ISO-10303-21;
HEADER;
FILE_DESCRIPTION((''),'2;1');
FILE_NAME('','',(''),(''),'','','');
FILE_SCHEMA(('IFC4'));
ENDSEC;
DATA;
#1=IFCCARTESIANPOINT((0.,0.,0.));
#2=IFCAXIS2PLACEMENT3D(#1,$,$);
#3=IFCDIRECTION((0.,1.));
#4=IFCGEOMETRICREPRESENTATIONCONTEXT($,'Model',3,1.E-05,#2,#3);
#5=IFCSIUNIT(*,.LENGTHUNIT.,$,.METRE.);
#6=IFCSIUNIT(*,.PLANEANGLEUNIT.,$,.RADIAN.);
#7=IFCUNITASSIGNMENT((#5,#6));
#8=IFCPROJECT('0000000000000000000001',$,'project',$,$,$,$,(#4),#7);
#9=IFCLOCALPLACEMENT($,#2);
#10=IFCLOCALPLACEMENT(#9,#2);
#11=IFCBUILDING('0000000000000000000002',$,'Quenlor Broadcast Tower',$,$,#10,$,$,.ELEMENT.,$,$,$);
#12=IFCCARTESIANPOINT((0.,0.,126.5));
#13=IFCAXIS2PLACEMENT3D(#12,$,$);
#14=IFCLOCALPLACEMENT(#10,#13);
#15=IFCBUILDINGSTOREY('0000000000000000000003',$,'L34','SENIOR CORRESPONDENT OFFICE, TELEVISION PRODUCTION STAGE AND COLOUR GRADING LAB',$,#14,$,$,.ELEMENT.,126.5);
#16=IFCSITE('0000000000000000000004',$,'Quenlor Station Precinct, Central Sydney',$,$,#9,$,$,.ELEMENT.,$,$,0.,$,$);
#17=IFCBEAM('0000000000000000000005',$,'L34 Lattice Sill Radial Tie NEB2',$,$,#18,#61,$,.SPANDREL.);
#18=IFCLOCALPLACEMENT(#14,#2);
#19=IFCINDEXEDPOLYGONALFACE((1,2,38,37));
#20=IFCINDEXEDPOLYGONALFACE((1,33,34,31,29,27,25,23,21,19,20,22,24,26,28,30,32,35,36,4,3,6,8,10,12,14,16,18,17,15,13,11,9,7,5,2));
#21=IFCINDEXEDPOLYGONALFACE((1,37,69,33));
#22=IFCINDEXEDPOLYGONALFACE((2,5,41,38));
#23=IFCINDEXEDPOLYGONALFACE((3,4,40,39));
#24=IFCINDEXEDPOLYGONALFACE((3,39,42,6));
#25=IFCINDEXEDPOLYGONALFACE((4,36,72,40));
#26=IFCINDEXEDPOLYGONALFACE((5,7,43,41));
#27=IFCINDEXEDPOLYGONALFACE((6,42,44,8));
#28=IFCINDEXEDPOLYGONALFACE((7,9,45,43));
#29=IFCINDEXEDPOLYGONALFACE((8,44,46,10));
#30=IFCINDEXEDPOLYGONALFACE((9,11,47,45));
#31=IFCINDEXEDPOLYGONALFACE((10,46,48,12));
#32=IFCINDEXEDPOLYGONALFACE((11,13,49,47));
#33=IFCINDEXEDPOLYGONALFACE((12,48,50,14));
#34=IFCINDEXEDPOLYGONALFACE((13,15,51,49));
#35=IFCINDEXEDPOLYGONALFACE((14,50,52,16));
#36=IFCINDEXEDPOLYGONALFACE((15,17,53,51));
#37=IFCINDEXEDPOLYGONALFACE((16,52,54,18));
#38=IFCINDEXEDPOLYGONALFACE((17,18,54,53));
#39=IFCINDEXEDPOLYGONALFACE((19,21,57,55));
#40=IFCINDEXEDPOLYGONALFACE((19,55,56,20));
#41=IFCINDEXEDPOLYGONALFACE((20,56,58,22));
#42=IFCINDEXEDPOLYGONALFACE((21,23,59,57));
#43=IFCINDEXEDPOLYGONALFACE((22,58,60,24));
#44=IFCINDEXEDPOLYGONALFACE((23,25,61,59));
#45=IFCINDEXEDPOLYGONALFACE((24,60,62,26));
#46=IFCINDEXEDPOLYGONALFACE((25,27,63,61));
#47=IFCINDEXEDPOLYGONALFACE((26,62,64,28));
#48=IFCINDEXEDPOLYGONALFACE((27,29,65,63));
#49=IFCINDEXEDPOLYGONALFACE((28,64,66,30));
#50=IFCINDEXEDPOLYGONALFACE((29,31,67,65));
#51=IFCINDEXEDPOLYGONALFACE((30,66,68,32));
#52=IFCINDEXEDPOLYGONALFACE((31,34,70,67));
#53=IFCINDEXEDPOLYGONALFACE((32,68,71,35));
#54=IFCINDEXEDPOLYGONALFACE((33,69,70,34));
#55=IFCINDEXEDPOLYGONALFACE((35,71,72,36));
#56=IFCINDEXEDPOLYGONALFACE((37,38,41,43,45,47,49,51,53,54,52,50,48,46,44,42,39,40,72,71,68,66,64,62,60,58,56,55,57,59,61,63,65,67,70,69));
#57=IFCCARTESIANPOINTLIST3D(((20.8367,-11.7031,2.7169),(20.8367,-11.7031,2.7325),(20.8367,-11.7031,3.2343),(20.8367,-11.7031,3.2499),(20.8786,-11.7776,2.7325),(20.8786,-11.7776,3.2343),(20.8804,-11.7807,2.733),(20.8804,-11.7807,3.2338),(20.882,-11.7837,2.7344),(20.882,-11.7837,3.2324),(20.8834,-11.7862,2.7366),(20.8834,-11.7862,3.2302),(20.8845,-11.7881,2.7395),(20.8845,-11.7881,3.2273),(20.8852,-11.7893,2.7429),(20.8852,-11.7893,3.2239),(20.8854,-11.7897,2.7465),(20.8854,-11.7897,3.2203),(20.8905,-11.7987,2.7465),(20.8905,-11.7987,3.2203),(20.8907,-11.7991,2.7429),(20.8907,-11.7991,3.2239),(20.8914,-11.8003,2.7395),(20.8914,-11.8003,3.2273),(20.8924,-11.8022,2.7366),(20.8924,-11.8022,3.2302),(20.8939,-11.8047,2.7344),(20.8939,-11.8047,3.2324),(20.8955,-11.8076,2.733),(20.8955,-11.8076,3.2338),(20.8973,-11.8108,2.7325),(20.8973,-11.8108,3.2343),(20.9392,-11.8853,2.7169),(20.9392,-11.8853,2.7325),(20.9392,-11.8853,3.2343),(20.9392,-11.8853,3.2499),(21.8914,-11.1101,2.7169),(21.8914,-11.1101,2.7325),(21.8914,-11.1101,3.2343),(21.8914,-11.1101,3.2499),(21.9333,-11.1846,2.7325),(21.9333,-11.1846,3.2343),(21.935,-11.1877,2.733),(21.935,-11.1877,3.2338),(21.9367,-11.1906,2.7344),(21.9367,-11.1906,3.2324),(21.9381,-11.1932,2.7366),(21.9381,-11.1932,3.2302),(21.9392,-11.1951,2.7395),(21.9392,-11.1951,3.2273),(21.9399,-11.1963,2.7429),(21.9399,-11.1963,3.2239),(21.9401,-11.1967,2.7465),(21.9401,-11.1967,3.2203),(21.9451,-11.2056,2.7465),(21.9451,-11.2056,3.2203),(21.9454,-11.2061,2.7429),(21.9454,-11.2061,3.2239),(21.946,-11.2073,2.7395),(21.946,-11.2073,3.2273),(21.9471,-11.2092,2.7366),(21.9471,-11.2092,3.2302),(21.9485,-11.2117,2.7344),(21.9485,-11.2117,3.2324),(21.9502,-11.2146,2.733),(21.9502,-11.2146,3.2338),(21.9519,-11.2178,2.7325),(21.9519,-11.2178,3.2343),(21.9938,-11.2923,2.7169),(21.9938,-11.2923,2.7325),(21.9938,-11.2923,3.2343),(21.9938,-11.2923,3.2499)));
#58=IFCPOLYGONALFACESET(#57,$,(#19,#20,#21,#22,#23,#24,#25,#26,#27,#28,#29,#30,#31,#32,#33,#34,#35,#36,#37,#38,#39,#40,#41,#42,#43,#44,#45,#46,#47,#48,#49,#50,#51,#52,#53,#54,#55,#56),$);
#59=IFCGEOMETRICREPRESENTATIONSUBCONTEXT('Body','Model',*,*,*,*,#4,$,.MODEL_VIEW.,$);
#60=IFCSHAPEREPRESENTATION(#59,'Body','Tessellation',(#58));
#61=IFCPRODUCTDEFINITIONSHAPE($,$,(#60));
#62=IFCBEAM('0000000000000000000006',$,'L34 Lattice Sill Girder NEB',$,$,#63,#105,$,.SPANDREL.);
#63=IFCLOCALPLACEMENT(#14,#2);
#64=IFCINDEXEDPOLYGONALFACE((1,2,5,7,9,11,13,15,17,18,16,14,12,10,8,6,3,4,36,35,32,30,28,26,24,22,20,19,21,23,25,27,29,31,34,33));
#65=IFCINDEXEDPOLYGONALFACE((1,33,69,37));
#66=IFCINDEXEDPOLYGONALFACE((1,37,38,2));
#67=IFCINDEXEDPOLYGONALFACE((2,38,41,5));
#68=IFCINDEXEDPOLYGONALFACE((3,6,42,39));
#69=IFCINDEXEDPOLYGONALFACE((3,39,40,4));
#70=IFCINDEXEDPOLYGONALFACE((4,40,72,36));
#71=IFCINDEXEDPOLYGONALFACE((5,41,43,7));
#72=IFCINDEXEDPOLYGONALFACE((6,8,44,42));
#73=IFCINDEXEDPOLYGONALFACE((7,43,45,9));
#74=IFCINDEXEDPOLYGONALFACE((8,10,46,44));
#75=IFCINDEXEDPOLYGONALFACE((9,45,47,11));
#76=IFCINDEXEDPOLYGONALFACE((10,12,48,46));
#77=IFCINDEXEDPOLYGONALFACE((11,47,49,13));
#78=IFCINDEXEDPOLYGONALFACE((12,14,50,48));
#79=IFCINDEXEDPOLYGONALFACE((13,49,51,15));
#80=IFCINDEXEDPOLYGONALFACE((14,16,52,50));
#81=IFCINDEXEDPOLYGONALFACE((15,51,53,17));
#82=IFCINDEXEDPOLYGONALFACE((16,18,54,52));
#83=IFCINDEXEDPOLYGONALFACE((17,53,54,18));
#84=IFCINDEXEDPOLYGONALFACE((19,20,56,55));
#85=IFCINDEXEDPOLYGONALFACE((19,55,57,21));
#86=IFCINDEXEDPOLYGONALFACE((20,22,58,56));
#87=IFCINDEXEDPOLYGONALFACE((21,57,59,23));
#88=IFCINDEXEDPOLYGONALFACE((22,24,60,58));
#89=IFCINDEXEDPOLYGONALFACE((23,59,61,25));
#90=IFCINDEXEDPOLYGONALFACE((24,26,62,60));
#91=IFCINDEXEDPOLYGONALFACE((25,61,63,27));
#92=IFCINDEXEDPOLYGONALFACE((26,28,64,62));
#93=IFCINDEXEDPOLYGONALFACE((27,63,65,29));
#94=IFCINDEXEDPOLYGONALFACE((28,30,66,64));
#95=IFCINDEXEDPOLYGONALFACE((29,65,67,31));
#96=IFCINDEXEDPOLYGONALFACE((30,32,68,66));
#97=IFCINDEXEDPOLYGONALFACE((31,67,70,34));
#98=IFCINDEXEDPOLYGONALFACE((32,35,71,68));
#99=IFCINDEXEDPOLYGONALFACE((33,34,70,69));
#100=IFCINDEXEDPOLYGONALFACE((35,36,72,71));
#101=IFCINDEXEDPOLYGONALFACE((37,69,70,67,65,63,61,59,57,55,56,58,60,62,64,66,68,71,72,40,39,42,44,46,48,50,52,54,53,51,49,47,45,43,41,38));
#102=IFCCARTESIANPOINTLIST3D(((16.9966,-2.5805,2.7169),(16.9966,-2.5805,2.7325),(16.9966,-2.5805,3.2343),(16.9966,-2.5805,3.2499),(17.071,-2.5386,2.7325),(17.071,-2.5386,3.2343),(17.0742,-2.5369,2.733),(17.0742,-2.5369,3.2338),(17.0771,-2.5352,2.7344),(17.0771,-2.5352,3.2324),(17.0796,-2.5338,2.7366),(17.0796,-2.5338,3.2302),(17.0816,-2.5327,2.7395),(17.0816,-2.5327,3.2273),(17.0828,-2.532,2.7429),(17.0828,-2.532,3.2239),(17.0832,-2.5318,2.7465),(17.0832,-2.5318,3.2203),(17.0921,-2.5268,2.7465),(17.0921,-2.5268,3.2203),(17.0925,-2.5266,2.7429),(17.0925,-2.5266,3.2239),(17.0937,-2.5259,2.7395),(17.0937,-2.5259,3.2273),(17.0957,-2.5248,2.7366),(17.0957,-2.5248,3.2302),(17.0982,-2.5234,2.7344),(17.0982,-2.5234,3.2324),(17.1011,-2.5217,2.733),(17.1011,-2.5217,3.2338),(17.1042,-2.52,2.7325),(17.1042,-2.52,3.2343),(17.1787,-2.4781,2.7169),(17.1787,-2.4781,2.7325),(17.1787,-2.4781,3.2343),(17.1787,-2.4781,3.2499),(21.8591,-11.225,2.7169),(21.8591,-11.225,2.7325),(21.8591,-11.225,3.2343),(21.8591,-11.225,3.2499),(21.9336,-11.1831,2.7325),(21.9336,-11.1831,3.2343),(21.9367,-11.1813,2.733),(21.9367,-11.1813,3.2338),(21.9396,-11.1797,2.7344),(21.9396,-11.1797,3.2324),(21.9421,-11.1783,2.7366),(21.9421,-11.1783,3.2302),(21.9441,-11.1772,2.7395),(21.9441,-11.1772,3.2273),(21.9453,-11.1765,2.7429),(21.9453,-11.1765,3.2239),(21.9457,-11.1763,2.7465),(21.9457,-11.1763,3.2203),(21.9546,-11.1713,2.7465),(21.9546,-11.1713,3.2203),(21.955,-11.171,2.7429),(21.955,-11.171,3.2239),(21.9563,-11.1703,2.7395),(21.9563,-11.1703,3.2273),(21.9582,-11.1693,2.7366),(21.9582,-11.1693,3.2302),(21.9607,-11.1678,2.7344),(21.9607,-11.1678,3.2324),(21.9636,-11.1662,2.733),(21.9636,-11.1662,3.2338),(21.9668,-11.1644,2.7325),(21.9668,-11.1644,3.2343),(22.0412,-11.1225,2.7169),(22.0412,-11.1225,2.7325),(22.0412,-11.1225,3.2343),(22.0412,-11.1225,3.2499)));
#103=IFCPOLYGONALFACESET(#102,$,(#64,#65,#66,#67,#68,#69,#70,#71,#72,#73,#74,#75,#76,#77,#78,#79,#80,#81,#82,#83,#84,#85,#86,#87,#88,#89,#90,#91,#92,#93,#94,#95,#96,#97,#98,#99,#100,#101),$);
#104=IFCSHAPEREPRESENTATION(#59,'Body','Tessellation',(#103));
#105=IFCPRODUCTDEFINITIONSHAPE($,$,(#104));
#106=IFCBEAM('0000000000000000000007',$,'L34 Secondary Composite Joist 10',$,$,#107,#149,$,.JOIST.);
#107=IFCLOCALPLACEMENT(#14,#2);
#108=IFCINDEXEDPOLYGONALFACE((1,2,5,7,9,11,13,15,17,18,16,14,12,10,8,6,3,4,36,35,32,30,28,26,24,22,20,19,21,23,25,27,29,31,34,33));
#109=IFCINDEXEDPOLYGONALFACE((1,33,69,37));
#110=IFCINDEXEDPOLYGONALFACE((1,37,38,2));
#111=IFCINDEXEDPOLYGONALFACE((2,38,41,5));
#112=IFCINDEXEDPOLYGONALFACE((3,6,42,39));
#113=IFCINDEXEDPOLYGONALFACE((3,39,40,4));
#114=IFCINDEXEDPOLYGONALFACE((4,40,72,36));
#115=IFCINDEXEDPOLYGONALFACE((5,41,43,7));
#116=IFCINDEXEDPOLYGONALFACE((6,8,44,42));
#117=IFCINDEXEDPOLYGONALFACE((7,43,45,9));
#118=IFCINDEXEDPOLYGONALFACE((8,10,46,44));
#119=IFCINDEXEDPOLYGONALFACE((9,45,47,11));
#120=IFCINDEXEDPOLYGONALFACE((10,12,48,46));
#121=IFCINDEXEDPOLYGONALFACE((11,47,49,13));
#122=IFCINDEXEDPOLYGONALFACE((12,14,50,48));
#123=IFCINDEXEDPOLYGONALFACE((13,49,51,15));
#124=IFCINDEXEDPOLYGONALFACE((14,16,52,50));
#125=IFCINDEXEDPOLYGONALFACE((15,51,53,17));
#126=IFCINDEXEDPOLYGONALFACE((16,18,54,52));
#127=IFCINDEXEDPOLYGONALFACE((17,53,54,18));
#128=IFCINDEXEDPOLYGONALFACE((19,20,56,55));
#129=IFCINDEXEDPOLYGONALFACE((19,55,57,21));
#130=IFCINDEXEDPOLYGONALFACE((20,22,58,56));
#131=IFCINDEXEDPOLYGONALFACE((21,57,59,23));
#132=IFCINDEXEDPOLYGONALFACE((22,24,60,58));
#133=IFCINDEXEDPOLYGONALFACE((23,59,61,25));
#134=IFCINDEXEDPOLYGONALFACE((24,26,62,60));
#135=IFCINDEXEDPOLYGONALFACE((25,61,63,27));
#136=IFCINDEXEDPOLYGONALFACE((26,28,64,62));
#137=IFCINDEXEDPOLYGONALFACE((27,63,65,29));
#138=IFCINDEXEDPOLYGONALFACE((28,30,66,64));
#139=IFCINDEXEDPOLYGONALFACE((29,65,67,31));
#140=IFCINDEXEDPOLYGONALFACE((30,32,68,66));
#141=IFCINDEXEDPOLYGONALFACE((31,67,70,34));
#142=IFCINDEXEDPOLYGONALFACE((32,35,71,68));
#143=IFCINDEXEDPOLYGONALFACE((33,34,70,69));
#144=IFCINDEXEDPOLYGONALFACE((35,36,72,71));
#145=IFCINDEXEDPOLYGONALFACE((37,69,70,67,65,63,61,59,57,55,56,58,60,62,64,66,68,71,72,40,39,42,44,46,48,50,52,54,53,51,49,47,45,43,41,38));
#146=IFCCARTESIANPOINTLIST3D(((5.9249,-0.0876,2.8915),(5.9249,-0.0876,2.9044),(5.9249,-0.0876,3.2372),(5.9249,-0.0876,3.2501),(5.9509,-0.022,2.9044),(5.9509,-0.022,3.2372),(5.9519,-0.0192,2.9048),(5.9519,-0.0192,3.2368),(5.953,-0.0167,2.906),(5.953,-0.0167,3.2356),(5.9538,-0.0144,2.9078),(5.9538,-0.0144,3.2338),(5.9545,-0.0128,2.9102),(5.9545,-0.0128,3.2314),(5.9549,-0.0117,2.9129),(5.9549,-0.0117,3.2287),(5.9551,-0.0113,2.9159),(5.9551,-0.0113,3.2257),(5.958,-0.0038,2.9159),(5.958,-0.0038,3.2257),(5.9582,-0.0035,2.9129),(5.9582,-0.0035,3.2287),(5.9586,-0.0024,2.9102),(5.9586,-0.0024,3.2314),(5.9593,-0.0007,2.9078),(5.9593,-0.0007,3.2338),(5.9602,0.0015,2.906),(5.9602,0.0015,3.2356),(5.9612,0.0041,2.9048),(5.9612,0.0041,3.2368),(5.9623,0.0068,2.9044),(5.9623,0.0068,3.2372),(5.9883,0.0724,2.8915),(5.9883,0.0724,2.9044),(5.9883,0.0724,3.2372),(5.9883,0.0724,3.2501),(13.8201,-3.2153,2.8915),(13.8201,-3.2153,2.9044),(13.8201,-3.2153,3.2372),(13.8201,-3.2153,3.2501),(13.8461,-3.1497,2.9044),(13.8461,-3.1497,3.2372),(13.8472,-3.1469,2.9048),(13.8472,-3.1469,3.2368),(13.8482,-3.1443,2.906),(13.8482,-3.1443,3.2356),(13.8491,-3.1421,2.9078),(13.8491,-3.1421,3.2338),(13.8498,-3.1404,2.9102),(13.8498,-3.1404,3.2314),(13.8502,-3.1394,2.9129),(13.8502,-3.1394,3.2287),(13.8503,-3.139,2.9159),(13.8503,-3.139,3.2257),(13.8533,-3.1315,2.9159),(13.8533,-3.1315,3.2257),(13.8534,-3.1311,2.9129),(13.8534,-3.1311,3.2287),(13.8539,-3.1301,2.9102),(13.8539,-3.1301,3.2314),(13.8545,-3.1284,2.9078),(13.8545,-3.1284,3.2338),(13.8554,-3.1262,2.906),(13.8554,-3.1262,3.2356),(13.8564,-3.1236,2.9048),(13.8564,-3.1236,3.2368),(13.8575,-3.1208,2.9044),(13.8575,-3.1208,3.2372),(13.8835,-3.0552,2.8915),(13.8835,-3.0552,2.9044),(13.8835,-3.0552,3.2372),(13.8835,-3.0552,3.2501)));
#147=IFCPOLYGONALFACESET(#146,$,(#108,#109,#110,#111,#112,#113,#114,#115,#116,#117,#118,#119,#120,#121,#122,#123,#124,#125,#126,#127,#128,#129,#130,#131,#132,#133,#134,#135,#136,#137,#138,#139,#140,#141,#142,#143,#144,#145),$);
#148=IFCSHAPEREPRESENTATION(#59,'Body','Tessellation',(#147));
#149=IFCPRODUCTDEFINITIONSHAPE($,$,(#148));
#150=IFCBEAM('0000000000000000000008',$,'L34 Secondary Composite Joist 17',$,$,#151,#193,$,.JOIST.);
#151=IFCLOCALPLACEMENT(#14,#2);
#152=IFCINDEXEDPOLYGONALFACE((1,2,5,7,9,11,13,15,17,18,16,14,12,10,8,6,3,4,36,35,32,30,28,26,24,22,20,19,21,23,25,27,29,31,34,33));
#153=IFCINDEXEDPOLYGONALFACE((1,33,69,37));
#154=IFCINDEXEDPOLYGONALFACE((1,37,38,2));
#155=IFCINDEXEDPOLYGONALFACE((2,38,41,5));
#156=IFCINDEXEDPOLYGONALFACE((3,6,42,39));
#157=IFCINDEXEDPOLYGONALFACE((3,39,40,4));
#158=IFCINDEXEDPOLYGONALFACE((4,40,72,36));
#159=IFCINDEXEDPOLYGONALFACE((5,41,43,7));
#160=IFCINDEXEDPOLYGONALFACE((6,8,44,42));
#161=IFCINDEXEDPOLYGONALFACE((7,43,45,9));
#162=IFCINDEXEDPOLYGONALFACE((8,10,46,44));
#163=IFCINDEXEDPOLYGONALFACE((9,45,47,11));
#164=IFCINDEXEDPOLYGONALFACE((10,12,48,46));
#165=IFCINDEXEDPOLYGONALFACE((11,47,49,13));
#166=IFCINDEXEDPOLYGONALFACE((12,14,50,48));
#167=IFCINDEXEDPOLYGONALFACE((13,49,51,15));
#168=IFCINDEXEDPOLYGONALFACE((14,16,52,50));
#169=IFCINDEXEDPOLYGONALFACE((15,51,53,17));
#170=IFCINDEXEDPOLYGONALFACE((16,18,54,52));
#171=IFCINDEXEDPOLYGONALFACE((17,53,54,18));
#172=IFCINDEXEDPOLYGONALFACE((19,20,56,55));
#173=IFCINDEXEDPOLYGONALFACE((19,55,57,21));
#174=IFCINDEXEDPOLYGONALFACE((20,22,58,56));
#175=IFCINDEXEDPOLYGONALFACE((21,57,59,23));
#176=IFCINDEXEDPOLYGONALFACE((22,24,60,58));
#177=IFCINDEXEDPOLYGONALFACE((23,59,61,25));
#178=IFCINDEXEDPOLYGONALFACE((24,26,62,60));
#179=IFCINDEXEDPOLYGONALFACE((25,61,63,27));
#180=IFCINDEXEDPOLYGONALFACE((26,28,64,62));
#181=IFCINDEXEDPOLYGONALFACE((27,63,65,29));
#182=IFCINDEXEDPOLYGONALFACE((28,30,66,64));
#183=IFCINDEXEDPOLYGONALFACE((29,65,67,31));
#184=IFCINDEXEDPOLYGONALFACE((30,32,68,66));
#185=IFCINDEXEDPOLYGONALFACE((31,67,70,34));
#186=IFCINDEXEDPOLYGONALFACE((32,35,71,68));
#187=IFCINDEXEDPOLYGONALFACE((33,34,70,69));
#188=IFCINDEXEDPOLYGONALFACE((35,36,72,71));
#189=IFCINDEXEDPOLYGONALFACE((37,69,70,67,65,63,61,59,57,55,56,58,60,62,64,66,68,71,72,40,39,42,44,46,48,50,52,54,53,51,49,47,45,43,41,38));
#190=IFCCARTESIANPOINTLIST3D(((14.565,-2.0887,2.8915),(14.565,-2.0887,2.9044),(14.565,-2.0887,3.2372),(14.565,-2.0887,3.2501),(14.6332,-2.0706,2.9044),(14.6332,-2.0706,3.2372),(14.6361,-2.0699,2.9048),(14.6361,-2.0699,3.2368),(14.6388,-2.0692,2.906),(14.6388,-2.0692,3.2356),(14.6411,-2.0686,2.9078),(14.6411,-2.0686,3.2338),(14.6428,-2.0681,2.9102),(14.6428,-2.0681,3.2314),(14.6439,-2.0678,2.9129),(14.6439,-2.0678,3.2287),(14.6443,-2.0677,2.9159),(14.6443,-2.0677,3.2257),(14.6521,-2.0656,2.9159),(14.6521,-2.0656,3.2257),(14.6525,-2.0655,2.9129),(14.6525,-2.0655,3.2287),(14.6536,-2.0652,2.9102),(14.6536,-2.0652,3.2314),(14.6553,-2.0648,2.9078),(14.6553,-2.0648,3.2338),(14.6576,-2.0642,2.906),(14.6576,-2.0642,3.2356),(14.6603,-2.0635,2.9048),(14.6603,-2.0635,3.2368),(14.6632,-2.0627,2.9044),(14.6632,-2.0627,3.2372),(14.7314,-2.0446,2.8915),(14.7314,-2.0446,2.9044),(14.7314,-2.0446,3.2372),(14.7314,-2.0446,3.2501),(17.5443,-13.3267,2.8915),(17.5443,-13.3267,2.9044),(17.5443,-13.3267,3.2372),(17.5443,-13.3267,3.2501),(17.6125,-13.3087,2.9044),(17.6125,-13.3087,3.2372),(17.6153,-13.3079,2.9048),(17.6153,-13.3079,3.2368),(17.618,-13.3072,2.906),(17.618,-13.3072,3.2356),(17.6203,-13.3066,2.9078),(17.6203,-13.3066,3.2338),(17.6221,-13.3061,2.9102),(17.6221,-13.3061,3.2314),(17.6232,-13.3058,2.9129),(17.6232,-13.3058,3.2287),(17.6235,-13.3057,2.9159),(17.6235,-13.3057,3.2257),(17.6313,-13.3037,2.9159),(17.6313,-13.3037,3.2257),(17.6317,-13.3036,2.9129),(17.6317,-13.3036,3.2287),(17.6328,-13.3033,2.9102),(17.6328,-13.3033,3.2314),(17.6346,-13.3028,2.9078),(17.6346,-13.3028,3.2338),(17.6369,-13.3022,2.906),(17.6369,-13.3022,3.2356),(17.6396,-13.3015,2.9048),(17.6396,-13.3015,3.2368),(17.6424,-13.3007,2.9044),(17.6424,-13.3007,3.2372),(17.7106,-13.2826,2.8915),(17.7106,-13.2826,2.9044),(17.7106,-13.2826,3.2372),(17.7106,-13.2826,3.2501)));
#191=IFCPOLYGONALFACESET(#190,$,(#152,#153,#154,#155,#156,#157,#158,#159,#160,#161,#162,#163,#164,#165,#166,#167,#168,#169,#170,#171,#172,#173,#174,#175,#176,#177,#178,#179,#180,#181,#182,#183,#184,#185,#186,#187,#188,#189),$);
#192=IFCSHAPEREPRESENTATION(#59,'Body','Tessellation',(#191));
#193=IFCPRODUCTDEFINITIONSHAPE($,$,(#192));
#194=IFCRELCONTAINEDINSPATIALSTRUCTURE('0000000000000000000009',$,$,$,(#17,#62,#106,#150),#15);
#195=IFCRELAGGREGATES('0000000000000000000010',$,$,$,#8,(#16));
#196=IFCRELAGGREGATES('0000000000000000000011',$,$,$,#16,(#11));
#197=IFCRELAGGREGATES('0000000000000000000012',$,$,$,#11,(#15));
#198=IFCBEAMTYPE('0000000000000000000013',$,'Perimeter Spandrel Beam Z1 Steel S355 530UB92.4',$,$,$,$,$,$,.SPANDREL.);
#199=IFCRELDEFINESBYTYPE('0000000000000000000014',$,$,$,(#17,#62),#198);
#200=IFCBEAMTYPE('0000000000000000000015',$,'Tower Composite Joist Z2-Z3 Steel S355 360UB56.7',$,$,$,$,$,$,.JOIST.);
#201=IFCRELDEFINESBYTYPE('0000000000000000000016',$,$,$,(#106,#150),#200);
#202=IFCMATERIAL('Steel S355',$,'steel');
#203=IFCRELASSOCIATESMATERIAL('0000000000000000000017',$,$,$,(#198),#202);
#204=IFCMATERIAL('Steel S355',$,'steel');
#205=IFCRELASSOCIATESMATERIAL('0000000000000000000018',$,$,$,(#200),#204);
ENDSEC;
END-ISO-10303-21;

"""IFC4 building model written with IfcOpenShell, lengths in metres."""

from ifc_helpers import new_model, si_unit, direction, frame, origin, origin_2d, place, context, subcontext, project, spatial, i_section, extrude, material, material_profile, profile_set, type_object, element, save


model = new_model("IFC4")

# Units and contexts
model_context = context("Model", 3, precision=1e-05, world=origin(), true_north=direction((0.0, 1.0)))
body_context = subcontext(model_context, "Body", "Model", "MODEL_VIEW")
ifc_project = project(units=[si_unit("LENGTHUNIT", "METRE"), si_unit("PLANEANGLEUNIT", "RADIAN")], contexts=[model_context])

# Site, building, storey
site_placement = place(None, origin())
site = spatial("IfcSite", under=ifc_project, at=site_placement, Name="Quenlor Station Precinct, Central Sydney", CompositionType="ELEMENT", RefElevation=0.0)
building_placement = place(site_placement, origin())
building = spatial("IfcBuilding", under=site, at=building_placement, Name="Quenlor Broadcast Tower", CompositionType="ELEMENT")
storey_placement = place(building_placement, frame((0.0, 0.0, 126.5)))
storey = spatial("IfcBuildingStorey", under=building, at=storey_placement, Name="L34", Description="SENIOR CORRESPONDENT OFFICE, TELEVISION PRODUCTION STAGE AND COLOUR GRADING LAB", CompositionType="ELEMENT", Elevation=126.5)

# Beams
ifc_material_1 = material(Name="Steel S355", Category="steel")
ifc_material_profile_1 = material_profile(ifc_material_1, i_section(OverallWidth=0.209, OverallDepth=0.533, WebThickness=0.0103, FlangeThickness=0.0156, FilletRadius=0.0139, at=origin_2d()))
ifc_profile_set_1 = profile_set([ifc_material_profile_1], Name="Steel S355 530UB92.4")
beam_type_1 = type_object("IfcBeamType", Name="Perimeter Spandrel Beam Z1 Steel S355 530UB92.4", PredefinedType="SPANDREL", material=ifc_profile_set_1)
beam_1_placement = place(storey_placement, frame((20.8879, -11.7942, 2.9834), z_axis=(0.871662, 0.490108, 0.0), x_axis=(-0.490108, 0.871662, 0.0)))
element("IfcBeam", 1, at=beam_1_placement, inside=storey, type_object=beam_type_1, Name="L34 Lattice Sill Radial Tie NEB2", PredefinedType="SPANDREL", context=body_context, shape_type="SweptSolid", body=[
    extrude(i_section(OverallWidth=0.209, OverallDepth=0.533, WebThickness=0.0103, FlangeThickness=0.0156, FilletRadius=0.0139, at=origin_2d()), origin(), (0.0, 0.0, 1.0), 1.21),
])
beam_2_placement = place(storey_placement, frame((17.0876, -2.5293, 2.9834), z_axis=(0.490261, -0.871576, 0.0), x_axis=(0.871576, 0.490261, 0.0)))
element("IfcBeam", 2, at=beam_2_placement, inside=storey, type_object=beam_type_1, Name="L34 Lattice Sill Girder NEB", PredefinedType="SPANDREL", context=body_context, shape_type="SweptSolid", body=[
    extrude(i_section(OverallWidth=0.209, OverallDepth=0.533, WebThickness=0.0103, FlangeThickness=0.0156, FilletRadius=0.0139, at=origin_2d()), origin(), (0.0, 0.0, 1.0), 9.9182),
])
ifc_material_2 = material(Name="Steel S355", Category="steel")
ifc_material_profile_2 = material_profile(ifc_material_2, i_section(OverallWidth=0.1721, OverallDepth=0.3586, WebThickness=0.0081, FlangeThickness=0.0129, FilletRadius=0.0115, at=origin_2d()))
ifc_profile_set_2 = profile_set([ifc_material_profile_2], Name="Steel S355 360UB56.7")
beam_type_2 = type_object("IfcBeamType", Name="Tower Composite Joist Z2-Z3 Steel S355 360UB56.7", PredefinedType="JOIST", material=ifc_profile_set_2)
beam_3_placement = place(storey_placement, frame((13.8518, -3.1353, 3.0708), z_axis=(-0.929707, 0.368301, 0.0), x_axis=(-0.368301, -0.929707, 0.0)))
element("IfcBeam", 3, at=beam_3_placement, inside=storey, type_object=beam_type_2, Name="L34 Secondary Composite Joist 10", PredefinedType="JOIST", context=body_context, shape_type="SweptSolid", body=[
    extrude(i_section(OverallWidth=0.1721, OverallDepth=0.3586, WebThickness=0.0081, FlangeThickness=0.0129, FilletRadius=0.0115, at=origin_2d()), origin(), (0.0, 0.0, 1.0), 8.4922),
])
beam_4_placement = place(storey_placement, frame((17.6274, -13.3047, 3.0708), z_axis=(-0.256252, 0.96661, 0.0), x_axis=(-0.96661, -0.256252, 0.0)))
element("IfcBeam", 4, at=beam_4_placement, inside=storey, type_object=beam_type_2, Name="L34 Secondary Composite Joist 17", PredefinedType="JOIST", context=body_context, shape_type="SweptSolid", body=[
    extrude(i_section(OverallWidth=0.1721, OverallDepth=0.3586, WebThickness=0.0081, FlangeThickness=0.0129, FilletRadius=0.0115, at=origin_2d()), origin(), (0.0, 0.0, 1.0), 11.6262),
])

save(model, "model.ifc")
